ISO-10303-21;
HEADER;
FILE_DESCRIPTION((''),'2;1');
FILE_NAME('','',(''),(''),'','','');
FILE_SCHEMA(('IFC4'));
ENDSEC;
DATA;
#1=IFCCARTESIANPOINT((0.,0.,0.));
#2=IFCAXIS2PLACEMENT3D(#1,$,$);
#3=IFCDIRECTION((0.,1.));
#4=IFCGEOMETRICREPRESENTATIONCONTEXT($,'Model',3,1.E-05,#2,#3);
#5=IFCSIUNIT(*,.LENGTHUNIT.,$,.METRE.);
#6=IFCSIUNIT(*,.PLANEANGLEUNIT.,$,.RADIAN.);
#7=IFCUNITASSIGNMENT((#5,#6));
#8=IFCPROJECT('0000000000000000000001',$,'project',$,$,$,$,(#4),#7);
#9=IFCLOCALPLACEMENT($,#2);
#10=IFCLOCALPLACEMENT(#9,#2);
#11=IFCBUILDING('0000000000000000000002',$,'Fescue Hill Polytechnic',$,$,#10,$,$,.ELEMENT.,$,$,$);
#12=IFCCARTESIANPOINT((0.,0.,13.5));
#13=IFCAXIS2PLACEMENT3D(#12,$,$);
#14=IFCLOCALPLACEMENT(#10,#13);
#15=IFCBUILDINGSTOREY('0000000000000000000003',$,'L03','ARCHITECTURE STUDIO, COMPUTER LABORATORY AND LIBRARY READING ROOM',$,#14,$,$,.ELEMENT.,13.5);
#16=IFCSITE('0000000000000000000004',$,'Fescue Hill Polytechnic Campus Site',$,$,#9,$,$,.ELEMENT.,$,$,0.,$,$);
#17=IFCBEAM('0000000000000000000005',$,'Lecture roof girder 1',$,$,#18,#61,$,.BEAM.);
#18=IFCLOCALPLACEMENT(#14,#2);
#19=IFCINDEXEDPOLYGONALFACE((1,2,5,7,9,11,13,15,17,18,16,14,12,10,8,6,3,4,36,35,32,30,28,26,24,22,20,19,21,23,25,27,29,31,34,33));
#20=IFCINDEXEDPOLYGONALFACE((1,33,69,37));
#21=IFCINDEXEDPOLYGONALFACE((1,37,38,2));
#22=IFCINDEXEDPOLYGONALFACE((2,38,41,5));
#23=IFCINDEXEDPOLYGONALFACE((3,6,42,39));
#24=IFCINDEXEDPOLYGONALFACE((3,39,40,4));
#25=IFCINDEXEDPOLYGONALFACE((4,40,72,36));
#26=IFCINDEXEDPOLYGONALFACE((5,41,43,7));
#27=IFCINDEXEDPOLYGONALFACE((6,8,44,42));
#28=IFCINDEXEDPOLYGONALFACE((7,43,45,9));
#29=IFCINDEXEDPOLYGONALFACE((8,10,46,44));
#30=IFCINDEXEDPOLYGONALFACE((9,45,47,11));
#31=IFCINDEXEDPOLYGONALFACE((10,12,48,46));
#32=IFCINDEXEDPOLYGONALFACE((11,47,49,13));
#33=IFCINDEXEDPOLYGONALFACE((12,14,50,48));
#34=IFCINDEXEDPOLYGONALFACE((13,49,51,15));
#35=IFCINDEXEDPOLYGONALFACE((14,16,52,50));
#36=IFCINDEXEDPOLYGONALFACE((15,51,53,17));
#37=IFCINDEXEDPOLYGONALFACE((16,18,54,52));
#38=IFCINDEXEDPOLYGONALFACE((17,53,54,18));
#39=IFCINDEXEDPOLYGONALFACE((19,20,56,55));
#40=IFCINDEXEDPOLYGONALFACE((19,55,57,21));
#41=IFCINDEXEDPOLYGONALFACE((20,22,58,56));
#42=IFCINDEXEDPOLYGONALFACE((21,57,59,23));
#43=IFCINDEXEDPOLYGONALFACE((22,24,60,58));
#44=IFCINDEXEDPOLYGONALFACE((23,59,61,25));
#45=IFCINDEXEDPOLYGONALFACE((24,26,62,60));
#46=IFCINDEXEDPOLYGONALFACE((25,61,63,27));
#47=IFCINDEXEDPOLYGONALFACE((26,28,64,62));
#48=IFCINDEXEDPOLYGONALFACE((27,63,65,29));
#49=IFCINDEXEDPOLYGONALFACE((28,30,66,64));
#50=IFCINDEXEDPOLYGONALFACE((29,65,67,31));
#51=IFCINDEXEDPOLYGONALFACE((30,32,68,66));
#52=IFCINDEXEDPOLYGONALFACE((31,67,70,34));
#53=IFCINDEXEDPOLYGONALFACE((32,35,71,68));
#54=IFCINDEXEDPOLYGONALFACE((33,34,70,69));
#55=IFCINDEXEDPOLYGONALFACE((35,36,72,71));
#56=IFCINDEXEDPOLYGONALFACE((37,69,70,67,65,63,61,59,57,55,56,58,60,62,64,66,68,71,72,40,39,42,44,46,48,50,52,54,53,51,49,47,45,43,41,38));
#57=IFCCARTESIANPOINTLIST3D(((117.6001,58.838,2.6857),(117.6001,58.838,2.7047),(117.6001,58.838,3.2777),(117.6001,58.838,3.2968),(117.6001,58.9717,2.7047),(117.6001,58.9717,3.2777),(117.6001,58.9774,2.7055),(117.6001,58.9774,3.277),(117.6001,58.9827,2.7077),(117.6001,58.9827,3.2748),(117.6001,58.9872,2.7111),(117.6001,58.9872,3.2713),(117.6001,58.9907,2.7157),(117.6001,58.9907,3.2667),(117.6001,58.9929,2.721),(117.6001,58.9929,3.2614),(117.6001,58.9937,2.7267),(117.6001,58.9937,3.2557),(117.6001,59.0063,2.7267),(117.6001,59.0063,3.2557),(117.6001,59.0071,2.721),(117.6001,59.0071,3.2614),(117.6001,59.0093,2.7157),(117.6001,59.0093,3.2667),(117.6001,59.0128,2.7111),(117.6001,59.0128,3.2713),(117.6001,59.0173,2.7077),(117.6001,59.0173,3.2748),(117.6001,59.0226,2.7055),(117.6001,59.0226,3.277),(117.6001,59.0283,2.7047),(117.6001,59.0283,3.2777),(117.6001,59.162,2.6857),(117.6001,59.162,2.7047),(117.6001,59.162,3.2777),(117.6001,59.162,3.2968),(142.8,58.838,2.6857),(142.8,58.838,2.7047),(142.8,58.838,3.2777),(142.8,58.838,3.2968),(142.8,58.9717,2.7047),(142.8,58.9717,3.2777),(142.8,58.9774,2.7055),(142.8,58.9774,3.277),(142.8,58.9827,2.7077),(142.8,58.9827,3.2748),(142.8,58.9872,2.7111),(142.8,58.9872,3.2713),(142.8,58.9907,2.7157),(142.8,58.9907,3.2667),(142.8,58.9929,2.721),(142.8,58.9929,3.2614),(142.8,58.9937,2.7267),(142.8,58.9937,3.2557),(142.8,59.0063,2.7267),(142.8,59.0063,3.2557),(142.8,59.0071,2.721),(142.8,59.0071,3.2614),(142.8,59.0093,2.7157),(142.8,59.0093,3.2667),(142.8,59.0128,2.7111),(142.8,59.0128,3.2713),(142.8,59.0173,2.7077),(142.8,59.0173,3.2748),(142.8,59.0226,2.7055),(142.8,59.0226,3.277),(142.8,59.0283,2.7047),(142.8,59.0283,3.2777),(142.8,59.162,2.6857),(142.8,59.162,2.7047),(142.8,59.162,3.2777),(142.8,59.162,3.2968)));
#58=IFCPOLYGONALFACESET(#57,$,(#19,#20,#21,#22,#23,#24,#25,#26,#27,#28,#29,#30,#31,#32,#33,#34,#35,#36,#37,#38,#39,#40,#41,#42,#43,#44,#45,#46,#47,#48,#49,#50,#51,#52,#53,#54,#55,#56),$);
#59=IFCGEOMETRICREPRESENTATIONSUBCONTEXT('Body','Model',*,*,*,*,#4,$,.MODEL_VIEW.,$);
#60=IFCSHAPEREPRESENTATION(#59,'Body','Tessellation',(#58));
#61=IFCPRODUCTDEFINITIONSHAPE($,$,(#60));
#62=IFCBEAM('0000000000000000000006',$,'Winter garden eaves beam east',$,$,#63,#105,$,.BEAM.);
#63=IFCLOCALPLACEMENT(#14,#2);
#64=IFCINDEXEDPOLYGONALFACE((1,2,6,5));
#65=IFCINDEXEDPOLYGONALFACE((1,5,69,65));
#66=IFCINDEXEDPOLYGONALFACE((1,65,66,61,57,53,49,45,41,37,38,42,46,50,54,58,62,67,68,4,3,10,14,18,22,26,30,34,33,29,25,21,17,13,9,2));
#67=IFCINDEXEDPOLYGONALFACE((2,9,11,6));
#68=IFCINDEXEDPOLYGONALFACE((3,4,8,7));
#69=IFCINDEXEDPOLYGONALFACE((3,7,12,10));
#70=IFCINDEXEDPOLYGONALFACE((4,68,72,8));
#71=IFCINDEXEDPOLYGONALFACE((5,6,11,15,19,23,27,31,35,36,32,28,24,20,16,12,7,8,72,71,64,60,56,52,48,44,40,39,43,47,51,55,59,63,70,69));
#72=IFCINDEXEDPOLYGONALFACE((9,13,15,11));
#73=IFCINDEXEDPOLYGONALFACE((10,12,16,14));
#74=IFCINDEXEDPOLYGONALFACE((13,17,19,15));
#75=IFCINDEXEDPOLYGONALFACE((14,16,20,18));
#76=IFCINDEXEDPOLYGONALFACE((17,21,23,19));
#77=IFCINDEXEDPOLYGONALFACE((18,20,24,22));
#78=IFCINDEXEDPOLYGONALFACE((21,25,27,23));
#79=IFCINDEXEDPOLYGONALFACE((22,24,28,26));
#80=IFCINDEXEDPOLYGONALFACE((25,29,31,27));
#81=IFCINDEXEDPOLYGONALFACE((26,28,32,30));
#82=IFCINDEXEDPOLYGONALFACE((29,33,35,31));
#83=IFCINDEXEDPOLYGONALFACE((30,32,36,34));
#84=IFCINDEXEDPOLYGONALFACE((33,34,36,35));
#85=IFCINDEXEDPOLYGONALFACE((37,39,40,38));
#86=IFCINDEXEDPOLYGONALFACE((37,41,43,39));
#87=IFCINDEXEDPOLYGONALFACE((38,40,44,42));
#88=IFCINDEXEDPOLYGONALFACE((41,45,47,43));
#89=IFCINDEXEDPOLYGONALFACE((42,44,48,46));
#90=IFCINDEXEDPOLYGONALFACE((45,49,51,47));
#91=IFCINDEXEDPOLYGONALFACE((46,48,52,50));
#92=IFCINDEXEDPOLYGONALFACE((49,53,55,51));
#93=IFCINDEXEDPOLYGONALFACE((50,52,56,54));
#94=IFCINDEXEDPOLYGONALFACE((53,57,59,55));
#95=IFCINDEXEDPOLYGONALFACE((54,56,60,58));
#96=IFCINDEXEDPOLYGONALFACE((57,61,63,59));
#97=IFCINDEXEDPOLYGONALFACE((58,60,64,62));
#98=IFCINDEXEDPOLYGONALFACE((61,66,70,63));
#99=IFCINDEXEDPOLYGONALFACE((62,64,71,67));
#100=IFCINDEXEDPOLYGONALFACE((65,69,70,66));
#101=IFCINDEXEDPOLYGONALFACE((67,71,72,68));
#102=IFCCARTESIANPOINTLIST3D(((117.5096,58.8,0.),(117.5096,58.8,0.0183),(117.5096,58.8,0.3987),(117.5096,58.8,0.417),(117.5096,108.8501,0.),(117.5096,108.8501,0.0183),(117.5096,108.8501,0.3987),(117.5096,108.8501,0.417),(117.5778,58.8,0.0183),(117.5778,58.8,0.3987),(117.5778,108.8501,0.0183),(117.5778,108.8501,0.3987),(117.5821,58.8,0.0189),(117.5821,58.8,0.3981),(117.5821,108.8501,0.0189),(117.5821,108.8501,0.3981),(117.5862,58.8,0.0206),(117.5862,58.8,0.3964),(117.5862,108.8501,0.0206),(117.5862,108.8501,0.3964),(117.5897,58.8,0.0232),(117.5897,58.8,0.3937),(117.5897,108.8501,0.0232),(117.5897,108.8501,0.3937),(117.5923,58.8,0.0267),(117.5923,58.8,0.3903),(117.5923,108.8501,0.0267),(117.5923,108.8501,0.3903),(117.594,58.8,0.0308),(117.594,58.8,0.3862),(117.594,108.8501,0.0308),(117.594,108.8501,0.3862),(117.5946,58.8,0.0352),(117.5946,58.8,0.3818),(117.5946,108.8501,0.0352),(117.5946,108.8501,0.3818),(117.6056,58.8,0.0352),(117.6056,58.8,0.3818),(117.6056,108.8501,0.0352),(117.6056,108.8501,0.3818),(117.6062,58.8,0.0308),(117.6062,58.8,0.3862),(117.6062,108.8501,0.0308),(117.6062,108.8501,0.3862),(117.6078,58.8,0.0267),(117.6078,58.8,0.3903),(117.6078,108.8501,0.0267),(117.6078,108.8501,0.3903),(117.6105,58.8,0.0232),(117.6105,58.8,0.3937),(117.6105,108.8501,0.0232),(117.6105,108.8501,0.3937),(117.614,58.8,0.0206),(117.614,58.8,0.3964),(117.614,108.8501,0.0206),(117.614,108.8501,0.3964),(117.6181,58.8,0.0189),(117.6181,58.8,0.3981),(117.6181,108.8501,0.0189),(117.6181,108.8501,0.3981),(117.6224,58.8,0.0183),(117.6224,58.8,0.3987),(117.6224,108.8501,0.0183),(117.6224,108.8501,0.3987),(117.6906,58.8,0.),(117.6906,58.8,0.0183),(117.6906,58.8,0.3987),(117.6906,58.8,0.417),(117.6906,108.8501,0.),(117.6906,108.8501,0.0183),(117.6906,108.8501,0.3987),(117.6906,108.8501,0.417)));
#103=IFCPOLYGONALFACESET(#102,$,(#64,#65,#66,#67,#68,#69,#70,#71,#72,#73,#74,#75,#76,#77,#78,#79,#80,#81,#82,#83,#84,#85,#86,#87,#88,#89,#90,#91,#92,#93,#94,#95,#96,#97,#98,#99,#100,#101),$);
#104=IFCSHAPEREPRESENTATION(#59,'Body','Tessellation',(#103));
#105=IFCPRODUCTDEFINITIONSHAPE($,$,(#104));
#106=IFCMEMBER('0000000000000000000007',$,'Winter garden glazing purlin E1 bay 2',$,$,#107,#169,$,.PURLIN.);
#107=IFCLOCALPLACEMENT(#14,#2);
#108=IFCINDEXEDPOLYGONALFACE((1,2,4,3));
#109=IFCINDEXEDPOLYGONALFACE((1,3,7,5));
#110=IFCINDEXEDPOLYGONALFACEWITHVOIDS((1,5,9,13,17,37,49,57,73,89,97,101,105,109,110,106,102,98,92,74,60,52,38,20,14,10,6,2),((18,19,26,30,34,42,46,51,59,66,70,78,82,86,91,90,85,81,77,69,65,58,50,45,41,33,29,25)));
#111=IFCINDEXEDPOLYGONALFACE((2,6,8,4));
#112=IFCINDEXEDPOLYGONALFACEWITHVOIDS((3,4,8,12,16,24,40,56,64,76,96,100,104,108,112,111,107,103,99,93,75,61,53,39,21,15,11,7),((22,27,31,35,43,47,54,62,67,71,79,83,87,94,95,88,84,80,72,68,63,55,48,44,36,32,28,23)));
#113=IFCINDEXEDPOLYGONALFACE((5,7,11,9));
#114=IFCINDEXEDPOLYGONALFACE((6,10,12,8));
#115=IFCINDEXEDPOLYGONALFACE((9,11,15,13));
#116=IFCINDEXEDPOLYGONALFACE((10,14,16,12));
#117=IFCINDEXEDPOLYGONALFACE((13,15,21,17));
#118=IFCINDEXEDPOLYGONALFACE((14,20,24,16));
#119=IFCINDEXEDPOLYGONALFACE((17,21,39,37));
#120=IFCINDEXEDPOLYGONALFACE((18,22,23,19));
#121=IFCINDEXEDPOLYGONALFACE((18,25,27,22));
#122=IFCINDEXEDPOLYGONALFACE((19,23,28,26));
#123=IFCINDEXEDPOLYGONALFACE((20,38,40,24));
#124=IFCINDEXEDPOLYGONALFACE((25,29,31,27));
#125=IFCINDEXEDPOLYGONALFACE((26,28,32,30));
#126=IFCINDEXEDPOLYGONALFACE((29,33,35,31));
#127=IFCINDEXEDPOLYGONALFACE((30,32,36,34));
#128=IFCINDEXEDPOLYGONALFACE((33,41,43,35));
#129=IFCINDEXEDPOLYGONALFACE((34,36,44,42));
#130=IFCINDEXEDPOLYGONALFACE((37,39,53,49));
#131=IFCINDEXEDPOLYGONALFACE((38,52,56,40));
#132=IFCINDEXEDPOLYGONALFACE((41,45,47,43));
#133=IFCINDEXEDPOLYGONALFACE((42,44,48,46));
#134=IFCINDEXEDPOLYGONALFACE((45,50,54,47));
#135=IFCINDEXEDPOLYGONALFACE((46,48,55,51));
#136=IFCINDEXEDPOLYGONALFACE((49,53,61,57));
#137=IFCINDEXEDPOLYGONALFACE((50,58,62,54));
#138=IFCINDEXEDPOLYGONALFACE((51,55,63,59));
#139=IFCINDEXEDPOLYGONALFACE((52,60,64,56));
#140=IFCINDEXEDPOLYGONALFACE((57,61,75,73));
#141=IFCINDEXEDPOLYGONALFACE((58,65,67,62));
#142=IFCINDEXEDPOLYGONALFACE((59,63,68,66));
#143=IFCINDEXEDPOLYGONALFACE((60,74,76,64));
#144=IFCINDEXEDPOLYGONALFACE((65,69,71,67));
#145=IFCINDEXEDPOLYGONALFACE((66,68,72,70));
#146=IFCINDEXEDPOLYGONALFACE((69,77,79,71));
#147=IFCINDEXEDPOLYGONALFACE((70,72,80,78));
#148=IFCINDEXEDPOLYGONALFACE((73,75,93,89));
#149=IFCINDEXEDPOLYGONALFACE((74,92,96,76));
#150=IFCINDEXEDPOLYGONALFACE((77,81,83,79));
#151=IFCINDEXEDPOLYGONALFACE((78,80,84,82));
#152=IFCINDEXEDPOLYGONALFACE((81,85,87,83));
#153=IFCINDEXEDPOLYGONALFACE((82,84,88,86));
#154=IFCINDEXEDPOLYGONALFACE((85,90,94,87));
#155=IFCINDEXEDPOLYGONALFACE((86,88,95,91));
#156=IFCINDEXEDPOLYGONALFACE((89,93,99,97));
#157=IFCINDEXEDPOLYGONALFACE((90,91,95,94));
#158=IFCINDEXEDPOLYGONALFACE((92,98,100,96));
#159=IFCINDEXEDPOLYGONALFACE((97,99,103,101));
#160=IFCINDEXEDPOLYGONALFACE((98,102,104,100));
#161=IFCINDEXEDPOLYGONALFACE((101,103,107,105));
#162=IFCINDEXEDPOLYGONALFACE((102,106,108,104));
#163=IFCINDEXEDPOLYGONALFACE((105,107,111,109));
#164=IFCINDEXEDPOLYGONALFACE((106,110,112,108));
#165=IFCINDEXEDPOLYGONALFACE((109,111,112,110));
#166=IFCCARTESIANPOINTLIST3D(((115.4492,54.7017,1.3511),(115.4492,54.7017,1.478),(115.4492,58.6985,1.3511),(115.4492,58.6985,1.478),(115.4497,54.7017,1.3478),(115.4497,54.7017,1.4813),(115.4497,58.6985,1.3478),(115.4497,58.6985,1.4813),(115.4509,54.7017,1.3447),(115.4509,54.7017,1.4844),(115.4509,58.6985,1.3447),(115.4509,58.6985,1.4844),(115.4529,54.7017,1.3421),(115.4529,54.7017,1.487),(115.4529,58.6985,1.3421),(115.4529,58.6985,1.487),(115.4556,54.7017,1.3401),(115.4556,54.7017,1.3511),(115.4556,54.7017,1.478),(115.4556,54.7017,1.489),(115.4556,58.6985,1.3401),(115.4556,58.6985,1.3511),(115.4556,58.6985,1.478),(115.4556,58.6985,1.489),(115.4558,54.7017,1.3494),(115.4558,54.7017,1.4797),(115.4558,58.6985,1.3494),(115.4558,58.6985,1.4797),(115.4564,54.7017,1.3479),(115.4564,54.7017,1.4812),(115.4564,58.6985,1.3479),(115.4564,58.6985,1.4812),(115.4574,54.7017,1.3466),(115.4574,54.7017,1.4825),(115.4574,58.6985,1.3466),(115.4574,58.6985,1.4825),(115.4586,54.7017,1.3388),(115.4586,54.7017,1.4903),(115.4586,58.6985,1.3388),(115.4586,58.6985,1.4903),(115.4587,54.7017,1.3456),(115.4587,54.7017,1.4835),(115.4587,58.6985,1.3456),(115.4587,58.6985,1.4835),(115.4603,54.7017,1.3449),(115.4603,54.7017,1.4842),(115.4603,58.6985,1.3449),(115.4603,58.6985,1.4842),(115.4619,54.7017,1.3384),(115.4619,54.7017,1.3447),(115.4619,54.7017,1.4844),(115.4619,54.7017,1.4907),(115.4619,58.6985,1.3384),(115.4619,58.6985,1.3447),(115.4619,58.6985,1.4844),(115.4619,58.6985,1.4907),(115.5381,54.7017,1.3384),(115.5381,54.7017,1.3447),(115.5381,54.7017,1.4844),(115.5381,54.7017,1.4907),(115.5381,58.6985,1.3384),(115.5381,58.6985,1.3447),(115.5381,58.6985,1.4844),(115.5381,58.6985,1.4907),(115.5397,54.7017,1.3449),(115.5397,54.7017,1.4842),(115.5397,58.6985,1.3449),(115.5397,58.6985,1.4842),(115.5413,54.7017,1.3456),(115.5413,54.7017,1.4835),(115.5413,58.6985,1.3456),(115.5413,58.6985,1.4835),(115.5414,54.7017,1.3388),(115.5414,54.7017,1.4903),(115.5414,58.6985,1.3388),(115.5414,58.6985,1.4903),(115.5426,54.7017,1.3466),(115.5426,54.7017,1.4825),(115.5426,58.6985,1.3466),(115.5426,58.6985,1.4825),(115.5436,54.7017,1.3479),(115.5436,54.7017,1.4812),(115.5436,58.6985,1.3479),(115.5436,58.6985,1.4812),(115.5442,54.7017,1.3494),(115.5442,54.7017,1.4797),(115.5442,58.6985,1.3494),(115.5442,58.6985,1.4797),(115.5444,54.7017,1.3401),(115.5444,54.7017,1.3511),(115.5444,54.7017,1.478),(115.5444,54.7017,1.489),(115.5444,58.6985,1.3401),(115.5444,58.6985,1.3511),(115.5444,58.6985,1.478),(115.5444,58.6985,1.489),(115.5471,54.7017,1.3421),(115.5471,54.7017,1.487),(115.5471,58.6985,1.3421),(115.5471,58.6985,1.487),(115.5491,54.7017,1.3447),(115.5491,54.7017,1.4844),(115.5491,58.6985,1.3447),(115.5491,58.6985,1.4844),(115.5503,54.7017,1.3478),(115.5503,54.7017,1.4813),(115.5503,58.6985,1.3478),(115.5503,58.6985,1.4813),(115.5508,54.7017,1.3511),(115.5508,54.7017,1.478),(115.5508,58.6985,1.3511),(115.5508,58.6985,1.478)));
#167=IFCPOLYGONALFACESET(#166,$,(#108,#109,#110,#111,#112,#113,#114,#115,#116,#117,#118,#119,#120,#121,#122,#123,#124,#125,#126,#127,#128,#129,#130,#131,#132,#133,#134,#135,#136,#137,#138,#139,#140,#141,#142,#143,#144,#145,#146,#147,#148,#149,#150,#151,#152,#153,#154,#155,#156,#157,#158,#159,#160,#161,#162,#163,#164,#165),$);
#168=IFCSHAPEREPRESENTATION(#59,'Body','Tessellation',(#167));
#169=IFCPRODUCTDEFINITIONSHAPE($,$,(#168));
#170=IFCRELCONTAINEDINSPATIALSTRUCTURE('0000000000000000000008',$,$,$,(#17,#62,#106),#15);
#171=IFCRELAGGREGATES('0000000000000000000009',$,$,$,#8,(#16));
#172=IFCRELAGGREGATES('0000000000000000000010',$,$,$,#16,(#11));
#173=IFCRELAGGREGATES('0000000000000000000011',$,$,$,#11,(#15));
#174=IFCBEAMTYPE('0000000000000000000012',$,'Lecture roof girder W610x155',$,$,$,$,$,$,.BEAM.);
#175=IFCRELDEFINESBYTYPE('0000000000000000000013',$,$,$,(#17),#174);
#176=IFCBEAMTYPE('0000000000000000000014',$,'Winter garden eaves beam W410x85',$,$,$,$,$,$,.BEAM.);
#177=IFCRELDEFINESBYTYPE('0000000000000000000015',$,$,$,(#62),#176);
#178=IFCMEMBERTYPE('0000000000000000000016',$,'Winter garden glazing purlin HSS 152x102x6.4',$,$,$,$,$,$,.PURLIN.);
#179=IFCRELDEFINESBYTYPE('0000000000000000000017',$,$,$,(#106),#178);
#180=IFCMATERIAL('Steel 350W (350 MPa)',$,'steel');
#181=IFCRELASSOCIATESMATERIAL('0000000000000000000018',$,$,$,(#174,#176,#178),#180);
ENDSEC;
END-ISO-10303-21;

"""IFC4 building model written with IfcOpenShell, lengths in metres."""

from ifc_helpers import new_model, si_unit, direction, frame, origin, origin_2d, place, context, subcontext, project, spatial, hollow_rectangle, i_section, extrude, material, material_profile, profile_set, type_object, element, save


model = new_model("IFC4")

# Units and contexts
model_context = context("Model", 3, precision=1e-05, world=origin(), true_north=direction((0.0, 1.0)))
body_context = subcontext(model_context, "Body", "Model", "MODEL_VIEW")
ifc_project = project(units=[si_unit("LENGTHUNIT", "METRE"), si_unit("PLANEANGLEUNIT", "RADIAN")], contexts=[model_context])

# Site, building, storey
site_placement = place(None, origin())
site = spatial("IfcSite", under=ifc_project, at=site_placement, Name="Fescue Hill Polytechnic Campus Site", CompositionType="ELEMENT", RefElevation=0.0)
building_placement = place(site_placement, origin())
building = spatial("IfcBuilding", under=site, at=building_placement, Name="Fescue Hill Polytechnic", CompositionType="ELEMENT")
storey_placement = place(building_placement, frame((0.0, 0.0, 13.5)))
storey = spatial("IfcBuildingStorey", under=building, at=storey_placement, Name="L03", Description="ARCHITECTURE STUDIO, COMPUTER LABORATORY AND LIBRARY READING ROOM", CompositionType="ELEMENT", Elevation=13.5)

# Beams
ifc_material_1 = material(Name="Steel 350W (350 MPa)", Category="steel")
ifc_material_profile_1 = material_profile(ifc_material_1, i_section(OverallWidth=0.324, OverallDepth=0.6111, WebThickness=0.0127, FlangeThickness=0.019, FilletRadius=0.022, at=origin_2d()), Name="W610x155")
ifc_profile_set_1 = profile_set([ifc_material_profile_1], Name="Steel 350W (350 MPa)")
beam_type_1 = type_object("IfcBeamType", Name="Lecture roof girder W610x155", PredefinedType="BEAM", material=ifc_profile_set_1)
beam_1_placement = place(storey_placement, frame((117.6001, 59.0, 2.9912), z_axis=(1.0, 0.0, 0.0), x_axis=(0.0, 1.0, 0.0)))
element("IfcBeam", 1, at=beam_1_placement, inside=storey, type_object=beam_type_1, Name="Lecture roof girder 1", PredefinedType="BEAM", context=body_context, shape_type="SweptSolid", body=[
    extrude(i_section(OverallWidth=0.324, OverallDepth=0.6111, WebThickness=0.0127, FlangeThickness=0.019, FilletRadius=0.022, at=origin_2d()), origin(), (0.0, 0.0, 1.0), 25.2),
])
ifc_material_profile_2 = material_profile(ifc_material_1, i_section(OverallWidth=0.1809, OverallDepth=0.417, WebThickness=0.011, FlangeThickness=0.0183, FilletRadius=0.0168, at=origin_2d()), Name="W410x85")
ifc_profile_set_2 = profile_set([ifc_material_profile_2], Name="Steel 350W (350 MPa)")
beam_type_2 = type_object("IfcBeamType", Name="Winter garden eaves beam W410x85", PredefinedType="BEAM", material=ifc_profile_set_2)
beam_2_placement = place(storey_placement, frame((117.6001, 58.8, 0.2085), z_axis=(0.0, 1.0, 0.0), x_axis=(-1.0, 0.0, 0.0)))
element("IfcBeam", 2, at=beam_2_placement, inside=storey, type_object=beam_type_2, Name="Winter garden eaves beam east", PredefinedType="BEAM", context=body_context, shape_type="SweptSolid", body=[
    extrude(i_section(OverallWidth=0.1809, OverallDepth=0.417, WebThickness=0.011, FlangeThickness=0.0183, FilletRadius=0.0168, at=origin_2d()), origin(), (0.0, 0.0, 1.0), 50.05),
])

# Member
ifc_material_profile_3 = material_profile(ifc_material_1, hollow_rectangle(XDim=0.1016, YDim=0.1523, WallThickness=0.0063, InnerFilletRadius=0.0063, OuterFilletRadius=0.0127, at=origin_2d()), Name="Winter garden glazing purlin HSS 152x102x6.4")
ifc_profile_set_3 = profile_set([ifc_material_profile_3], Name="Steel 350W (350 MPa)")
member_type_1 = type_object("IfcMemberType", Name="Winter garden glazing purlin HSS 152x102x6.4", PredefinedType="PURLIN", material=ifc_profile_set_3)
for number, where, z_axis, x_axis, name in (
    (3, (115.5, 54.7017, 1.4146), (0.0, 1.0, 0.0), (-1.0, 0.0, 0.0), "Winter garden glazing purlin E1 bay 2"),
):
    element("IfcMember", number, at=place(storey_placement, frame(where, z_axis=z_axis, x_axis=x_axis)), inside=storey, type_object=member_type_1, Name=name, PredefinedType="PURLIN", context=body_context, shape_type="SweptSolid", body=[
        extrude(hollow_rectangle(XDim=0.1016, YDim=0.1523, WallThickness=0.0063, InnerFilletRadius=0.0063, OuterFilletRadius=0.0127, at=origin_2d()), origin(), (0.0, 0.0, 1.0), 3.9968),
    ])

save(model, "model.ifc")
